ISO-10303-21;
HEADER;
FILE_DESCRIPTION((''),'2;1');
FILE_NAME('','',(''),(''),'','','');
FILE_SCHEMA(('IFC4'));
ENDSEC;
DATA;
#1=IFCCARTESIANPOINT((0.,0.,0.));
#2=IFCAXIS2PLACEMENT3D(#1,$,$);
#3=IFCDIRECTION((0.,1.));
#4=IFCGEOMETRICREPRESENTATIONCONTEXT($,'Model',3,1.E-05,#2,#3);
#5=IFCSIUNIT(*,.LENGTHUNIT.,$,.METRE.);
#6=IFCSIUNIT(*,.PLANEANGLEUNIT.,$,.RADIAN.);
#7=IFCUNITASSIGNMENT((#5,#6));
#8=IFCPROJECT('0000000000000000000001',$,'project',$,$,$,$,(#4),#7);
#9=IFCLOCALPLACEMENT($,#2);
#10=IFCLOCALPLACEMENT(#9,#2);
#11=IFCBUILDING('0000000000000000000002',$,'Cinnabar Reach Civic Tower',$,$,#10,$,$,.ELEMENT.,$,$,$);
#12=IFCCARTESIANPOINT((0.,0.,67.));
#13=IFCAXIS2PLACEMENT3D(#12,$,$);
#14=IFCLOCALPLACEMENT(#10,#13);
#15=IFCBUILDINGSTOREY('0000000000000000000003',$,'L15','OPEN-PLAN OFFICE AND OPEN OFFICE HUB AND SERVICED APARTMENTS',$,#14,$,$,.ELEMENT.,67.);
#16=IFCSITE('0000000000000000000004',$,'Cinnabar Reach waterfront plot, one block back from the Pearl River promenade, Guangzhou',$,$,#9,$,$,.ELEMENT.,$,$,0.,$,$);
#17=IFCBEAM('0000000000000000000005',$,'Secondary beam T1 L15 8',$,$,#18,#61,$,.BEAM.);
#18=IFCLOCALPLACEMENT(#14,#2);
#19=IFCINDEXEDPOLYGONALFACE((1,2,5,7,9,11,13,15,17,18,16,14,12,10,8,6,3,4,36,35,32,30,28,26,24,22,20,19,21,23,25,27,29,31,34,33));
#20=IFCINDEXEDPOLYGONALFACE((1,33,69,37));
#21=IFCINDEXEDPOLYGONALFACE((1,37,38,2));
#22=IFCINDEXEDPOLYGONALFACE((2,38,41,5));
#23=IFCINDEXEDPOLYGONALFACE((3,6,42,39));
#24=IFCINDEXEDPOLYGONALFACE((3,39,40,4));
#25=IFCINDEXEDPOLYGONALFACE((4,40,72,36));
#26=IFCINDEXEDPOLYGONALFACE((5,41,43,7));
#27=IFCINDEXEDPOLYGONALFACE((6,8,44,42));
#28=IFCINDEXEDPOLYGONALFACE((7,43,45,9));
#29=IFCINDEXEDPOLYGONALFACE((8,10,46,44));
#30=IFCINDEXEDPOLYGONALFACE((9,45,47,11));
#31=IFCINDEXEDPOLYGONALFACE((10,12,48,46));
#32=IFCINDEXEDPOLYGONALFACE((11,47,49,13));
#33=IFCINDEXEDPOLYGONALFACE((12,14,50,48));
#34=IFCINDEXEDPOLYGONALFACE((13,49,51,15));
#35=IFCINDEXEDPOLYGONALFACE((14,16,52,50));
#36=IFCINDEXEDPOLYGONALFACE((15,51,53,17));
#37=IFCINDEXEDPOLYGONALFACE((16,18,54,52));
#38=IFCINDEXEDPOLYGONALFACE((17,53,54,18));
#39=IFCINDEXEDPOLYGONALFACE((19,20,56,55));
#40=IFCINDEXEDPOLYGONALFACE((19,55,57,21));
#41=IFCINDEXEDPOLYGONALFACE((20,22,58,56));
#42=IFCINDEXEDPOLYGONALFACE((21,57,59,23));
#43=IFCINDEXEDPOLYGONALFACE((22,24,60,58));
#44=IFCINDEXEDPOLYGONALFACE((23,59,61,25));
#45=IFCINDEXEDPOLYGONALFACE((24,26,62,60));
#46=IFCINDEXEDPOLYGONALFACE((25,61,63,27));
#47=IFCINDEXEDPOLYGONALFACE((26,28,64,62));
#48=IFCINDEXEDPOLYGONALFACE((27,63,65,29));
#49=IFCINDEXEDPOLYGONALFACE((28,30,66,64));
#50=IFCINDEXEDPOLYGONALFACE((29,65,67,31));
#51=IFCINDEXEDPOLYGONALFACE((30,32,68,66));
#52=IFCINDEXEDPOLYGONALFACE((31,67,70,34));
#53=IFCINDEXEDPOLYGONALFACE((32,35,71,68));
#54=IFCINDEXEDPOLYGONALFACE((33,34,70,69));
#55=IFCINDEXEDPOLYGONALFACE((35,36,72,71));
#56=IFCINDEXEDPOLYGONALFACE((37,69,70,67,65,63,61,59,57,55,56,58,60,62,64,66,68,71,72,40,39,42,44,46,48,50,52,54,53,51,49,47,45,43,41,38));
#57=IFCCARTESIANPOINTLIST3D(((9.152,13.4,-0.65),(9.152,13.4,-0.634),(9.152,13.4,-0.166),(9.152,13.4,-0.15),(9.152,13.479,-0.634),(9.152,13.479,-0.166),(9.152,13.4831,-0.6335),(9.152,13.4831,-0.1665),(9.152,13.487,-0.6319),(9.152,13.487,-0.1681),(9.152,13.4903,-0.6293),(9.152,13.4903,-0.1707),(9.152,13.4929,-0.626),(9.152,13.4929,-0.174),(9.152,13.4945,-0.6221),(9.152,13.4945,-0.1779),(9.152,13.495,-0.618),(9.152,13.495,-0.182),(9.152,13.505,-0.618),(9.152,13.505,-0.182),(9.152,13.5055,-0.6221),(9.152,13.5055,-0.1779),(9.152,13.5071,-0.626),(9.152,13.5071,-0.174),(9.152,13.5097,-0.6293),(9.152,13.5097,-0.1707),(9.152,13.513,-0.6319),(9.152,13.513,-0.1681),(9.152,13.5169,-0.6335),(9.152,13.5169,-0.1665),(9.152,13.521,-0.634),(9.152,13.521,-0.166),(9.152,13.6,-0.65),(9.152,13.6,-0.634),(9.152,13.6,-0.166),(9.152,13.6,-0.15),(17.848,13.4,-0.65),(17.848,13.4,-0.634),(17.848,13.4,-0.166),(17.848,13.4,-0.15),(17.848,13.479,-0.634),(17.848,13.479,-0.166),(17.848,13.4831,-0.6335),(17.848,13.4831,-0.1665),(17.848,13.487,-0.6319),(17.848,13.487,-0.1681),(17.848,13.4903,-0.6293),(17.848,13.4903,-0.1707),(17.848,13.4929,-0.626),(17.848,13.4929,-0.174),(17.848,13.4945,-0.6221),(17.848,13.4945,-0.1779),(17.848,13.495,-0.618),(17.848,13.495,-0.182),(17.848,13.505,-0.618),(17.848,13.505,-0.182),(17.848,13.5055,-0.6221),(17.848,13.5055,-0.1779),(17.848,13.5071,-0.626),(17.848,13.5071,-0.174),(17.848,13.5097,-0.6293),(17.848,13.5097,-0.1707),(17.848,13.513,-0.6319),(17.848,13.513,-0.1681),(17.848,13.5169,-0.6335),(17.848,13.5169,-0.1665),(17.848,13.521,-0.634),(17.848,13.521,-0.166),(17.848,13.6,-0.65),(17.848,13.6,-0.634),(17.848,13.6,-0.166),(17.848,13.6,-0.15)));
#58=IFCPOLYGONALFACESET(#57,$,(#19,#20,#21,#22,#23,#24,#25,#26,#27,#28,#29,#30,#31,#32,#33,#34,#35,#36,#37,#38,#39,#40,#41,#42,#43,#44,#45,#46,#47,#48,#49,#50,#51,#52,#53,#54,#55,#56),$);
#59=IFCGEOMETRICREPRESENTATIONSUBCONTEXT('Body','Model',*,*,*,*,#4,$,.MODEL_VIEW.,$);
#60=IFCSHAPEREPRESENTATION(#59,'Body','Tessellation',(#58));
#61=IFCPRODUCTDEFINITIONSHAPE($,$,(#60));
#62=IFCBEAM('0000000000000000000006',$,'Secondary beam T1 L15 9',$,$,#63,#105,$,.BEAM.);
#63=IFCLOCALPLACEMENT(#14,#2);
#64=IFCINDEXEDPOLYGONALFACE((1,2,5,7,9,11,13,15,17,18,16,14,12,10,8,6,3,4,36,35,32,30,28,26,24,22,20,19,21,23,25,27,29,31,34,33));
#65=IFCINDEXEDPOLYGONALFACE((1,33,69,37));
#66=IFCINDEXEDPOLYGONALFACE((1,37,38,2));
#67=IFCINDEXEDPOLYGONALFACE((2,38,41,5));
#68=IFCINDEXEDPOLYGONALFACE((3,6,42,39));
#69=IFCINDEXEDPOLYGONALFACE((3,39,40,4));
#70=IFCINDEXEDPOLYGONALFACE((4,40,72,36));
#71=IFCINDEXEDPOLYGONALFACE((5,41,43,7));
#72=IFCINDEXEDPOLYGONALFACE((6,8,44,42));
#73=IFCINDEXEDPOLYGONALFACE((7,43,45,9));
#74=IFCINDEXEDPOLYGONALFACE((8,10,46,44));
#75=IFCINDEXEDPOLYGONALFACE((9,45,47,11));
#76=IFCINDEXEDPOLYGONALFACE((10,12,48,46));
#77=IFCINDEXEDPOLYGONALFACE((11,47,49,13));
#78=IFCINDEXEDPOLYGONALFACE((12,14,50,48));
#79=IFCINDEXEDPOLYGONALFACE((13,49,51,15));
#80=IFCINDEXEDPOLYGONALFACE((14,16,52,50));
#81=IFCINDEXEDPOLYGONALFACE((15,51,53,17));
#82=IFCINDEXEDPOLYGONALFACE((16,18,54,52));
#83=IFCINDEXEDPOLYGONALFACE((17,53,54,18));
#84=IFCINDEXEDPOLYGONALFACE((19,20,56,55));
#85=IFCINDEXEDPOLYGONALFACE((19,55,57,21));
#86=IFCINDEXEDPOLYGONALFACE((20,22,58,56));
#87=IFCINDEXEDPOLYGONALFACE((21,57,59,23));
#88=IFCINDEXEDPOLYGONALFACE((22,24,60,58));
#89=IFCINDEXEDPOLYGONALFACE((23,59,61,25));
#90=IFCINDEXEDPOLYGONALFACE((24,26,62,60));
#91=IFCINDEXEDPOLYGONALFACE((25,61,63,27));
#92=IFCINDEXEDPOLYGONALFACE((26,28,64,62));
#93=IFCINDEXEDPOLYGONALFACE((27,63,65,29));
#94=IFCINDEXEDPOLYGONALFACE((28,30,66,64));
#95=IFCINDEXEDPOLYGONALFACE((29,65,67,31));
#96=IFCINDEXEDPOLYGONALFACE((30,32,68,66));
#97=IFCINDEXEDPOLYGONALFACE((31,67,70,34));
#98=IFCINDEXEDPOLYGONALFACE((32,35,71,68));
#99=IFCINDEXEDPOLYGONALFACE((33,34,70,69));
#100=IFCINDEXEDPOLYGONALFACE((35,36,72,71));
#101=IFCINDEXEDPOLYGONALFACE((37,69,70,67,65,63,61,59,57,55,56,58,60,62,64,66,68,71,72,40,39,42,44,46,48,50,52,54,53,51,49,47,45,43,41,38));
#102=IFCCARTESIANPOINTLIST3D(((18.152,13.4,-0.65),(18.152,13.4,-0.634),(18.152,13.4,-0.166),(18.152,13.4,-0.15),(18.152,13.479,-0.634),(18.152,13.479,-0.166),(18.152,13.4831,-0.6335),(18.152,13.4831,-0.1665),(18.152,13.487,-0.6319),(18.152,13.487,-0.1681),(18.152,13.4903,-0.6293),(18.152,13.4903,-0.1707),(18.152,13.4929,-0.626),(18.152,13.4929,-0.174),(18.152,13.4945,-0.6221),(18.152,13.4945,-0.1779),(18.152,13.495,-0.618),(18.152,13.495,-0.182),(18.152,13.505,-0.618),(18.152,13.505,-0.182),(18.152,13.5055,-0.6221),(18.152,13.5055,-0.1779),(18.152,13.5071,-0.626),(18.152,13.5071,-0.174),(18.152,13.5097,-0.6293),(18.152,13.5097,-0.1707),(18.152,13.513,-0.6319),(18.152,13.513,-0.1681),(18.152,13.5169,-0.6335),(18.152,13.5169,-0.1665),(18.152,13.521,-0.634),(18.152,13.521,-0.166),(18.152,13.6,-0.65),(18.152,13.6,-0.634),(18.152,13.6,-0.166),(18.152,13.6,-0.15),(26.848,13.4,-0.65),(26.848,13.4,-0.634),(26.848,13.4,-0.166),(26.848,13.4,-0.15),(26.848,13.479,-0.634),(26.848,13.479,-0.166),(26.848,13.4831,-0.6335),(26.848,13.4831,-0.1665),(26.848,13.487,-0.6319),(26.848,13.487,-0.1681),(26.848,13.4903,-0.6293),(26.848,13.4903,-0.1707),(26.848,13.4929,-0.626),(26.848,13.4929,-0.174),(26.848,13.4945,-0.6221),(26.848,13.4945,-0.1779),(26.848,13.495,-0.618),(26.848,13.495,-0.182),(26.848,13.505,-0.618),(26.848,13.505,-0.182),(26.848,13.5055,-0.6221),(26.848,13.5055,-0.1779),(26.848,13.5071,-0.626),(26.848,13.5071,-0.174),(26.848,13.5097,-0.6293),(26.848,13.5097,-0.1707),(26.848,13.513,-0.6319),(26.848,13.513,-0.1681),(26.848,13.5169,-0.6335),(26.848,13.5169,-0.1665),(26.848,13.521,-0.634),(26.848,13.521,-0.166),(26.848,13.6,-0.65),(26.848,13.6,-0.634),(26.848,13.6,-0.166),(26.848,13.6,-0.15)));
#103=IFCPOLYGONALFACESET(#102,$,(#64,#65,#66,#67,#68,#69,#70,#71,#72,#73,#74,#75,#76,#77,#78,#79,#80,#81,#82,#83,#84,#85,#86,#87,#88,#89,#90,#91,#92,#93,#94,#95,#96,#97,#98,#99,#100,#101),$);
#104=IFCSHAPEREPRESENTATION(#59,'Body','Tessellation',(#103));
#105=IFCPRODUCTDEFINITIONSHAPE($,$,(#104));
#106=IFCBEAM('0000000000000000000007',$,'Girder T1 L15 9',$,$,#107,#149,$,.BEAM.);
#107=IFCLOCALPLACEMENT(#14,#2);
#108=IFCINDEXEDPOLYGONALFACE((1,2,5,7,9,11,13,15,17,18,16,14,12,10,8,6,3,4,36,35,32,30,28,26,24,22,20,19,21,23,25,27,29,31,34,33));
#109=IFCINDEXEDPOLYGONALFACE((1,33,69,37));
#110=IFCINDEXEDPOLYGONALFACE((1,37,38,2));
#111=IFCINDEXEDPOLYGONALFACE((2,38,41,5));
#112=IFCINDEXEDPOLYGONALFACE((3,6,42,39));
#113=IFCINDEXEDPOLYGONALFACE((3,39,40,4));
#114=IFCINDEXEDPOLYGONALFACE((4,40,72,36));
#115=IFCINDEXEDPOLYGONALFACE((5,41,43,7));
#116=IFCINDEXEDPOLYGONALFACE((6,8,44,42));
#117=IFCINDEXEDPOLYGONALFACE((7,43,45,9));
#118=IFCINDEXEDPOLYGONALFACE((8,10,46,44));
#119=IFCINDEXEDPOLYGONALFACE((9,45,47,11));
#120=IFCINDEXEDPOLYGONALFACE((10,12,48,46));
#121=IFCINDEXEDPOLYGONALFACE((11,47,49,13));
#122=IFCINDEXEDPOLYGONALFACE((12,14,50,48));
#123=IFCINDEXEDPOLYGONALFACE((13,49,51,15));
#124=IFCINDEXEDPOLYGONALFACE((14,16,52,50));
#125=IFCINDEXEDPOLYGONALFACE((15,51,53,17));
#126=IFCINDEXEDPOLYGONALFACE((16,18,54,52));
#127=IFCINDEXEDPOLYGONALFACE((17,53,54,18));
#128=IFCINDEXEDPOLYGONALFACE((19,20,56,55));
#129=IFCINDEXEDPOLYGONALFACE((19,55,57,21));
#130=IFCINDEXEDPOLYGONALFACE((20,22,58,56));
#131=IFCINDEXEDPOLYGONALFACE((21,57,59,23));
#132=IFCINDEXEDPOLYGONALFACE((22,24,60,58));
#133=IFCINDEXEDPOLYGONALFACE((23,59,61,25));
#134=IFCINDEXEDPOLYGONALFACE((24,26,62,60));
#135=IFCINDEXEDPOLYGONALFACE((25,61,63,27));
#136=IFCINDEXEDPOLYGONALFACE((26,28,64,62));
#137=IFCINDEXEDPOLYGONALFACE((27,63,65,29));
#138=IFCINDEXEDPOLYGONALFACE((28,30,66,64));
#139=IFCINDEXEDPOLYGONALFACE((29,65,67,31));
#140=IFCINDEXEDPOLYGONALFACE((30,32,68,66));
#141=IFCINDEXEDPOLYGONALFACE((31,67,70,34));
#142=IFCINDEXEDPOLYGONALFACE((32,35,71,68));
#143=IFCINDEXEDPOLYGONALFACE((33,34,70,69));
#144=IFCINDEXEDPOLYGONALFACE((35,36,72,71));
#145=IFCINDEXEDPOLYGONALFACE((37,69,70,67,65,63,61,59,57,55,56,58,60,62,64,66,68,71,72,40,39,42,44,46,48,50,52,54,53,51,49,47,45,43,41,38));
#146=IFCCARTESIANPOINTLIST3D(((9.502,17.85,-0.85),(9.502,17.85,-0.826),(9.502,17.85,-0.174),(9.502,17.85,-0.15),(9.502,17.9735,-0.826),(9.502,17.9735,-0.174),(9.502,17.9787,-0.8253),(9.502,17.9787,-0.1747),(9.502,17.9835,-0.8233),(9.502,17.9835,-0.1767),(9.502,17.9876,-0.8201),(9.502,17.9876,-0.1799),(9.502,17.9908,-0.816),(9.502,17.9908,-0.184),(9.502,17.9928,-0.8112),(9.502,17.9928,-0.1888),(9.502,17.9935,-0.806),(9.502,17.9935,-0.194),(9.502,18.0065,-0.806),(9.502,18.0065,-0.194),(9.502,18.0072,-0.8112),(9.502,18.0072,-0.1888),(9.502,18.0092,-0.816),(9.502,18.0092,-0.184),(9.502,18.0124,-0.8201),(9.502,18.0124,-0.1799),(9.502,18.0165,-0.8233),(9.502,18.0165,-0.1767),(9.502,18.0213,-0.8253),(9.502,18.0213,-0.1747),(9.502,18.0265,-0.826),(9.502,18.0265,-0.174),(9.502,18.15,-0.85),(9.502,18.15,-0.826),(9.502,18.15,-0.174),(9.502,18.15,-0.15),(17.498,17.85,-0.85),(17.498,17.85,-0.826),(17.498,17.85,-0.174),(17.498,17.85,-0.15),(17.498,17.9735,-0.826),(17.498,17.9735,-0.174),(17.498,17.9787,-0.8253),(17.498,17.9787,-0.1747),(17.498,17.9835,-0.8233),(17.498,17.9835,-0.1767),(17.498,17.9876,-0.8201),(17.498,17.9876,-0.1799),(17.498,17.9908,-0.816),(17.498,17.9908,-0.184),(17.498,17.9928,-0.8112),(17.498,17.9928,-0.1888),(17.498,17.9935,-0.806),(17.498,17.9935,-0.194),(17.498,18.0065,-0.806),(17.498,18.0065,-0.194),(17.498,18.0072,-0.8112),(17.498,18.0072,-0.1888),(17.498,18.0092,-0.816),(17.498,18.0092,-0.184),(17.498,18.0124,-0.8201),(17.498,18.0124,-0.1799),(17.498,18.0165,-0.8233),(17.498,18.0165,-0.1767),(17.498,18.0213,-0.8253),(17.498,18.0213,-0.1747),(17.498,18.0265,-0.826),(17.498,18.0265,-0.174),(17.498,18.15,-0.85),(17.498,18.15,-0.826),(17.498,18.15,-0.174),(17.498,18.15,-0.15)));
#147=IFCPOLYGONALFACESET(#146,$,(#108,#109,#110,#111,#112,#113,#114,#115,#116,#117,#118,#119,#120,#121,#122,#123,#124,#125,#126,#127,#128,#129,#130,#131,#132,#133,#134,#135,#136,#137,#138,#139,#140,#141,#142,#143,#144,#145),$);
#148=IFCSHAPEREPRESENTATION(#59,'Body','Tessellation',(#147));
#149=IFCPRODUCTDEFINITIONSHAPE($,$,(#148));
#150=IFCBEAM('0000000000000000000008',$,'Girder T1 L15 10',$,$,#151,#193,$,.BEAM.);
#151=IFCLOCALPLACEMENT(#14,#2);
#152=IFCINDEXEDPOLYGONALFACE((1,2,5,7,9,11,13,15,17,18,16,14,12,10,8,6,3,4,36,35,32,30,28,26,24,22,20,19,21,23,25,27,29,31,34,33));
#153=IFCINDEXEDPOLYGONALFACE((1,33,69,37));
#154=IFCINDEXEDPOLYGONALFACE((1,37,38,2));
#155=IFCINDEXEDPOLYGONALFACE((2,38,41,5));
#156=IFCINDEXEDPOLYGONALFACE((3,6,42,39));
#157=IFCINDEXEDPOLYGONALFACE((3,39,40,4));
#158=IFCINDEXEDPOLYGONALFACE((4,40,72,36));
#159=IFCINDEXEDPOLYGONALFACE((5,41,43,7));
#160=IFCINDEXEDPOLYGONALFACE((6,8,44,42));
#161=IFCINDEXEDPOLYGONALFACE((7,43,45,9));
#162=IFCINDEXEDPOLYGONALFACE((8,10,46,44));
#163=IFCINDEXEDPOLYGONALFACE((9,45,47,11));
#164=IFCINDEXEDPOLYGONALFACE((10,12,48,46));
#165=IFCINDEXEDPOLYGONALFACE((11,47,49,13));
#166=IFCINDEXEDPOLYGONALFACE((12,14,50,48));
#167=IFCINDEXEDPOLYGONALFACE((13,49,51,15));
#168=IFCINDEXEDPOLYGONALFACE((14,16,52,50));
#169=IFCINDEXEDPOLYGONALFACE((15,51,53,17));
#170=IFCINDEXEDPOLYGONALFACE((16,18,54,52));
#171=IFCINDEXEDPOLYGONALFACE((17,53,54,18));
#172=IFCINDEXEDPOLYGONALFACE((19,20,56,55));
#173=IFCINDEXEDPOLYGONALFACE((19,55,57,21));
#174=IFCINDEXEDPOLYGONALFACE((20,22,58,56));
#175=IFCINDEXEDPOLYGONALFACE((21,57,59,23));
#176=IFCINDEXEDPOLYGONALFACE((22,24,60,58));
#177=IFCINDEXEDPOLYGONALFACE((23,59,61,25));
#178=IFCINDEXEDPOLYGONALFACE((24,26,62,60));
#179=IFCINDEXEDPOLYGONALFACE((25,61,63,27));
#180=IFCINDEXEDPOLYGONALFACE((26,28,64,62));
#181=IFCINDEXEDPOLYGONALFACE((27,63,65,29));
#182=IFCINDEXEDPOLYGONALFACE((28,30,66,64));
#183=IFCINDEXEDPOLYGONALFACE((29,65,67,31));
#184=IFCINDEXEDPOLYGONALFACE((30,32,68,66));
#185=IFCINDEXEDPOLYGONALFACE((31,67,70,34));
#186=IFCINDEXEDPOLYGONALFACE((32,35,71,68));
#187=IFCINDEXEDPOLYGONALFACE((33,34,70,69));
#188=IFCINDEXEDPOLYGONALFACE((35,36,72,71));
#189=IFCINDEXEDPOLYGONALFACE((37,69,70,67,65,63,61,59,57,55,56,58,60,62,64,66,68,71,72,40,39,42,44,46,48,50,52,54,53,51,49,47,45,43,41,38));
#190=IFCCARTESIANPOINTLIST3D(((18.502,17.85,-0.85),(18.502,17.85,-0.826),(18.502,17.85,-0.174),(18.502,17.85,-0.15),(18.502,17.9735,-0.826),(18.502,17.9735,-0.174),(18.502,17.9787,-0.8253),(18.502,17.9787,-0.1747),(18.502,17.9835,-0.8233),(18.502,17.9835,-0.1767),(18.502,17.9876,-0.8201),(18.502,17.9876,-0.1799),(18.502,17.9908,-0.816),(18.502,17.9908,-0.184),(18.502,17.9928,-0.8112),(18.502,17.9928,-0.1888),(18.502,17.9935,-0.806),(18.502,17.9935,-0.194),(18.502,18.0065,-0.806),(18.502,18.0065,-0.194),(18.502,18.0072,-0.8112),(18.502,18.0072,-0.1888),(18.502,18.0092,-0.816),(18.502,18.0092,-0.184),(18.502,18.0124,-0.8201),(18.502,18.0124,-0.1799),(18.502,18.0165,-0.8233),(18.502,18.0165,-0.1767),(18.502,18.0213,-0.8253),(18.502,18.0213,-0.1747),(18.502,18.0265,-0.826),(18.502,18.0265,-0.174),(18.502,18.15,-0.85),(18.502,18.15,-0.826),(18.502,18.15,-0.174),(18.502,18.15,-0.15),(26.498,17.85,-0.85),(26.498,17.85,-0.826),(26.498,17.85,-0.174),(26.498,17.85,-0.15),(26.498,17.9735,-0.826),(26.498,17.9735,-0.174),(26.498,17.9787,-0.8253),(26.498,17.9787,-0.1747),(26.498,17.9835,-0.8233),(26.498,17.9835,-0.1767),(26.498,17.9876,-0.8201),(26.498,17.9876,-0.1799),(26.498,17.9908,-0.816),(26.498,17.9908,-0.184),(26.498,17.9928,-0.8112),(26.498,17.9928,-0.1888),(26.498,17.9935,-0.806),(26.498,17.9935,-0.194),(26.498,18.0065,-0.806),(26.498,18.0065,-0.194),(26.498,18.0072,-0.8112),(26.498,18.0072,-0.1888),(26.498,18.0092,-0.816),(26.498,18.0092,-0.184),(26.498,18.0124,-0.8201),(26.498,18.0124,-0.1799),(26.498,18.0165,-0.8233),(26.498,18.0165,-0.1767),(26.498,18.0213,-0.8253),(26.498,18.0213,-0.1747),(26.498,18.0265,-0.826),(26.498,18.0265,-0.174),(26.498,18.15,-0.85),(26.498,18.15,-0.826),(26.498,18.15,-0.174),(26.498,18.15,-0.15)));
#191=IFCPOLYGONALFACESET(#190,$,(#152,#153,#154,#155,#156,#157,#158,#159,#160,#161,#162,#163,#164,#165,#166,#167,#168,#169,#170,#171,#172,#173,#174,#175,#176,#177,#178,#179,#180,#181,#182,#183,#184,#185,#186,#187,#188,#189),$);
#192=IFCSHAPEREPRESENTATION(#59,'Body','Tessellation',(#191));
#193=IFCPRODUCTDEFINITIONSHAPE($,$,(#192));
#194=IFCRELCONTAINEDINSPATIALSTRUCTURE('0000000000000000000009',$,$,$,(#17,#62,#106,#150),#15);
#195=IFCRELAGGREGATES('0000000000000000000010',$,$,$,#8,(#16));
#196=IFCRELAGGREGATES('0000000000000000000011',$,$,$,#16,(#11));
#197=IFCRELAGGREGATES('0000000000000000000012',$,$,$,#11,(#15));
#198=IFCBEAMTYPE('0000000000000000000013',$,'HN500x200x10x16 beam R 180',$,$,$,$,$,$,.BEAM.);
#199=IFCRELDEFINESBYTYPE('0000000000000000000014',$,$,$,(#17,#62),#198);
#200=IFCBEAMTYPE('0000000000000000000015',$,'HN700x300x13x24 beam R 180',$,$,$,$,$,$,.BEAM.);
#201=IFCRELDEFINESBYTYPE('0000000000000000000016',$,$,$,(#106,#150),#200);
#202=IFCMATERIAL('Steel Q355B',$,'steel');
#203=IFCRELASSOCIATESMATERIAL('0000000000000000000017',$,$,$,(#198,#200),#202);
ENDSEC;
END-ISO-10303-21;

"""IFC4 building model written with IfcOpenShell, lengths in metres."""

from ifc_helpers import new_model, si_unit, direction, frame, origin, origin_2d, place, context, subcontext, project, spatial, i_section, extrude, material, material_profile, profile_set, type_object, element, save


model = new_model("IFC4")

# Units and contexts
model_context = context("Model", 3, precision=1e-05, world=origin(), true_north=direction((0.0, 1.0)))
body_context = subcontext(model_context, "Body", "Model", "MODEL_VIEW")
ifc_project = project(units=[si_unit("LENGTHUNIT", "METRE"), si_unit("PLANEANGLEUNIT", "RADIAN")], contexts=[model_context])

# Site, building, storey
site_placement = place(None, origin())
site = spatial("IfcSite", under=ifc_project, at=site_placement, Name="Cinnabar Reach waterfront plot, one block back from the Pearl River promenade, Guangzhou", CompositionType="ELEMENT", RefElevation=0.0)
building_placement = place(site_placement, origin())
building = spatial("IfcBuilding", under=site, at=building_placement, Name="Cinnabar Reach Civic Tower", CompositionType="ELEMENT")
storey_placement = place(building_placement, frame((0.0, 0.0, 67.0)))
storey = spatial("IfcBuildingStorey", under=building, at=storey_placement, Name="L15", Description="OPEN-PLAN OFFICE AND OPEN OFFICE HUB AND SERVICED APARTMENTS", CompositionType="ELEMENT", Elevation=67.0)

# Beams
ifc_material_1 = material(Name="Steel Q355B", Category="steel")
ifc_material_profile_1 = material_profile(ifc_material_1, i_section(OverallWidth=0.2, OverallDepth=0.5, WebThickness=0.01, FlangeThickness=0.016, FilletRadius=0.016, at=origin_2d()), Name="HN500x200x10x16")
ifc_profile_set_1 = profile_set([ifc_material_profile_1], Name="Steel Q355B")
beam_type_1 = type_object("IfcBeamType", Name="HN500x200x10x16 beam R 180", PredefinedType="BEAM", material=ifc_profile_set_1)
for number, where, z_axis, x_axis, name in (
    (1, (9.152, 13.5, -0.4), (1.0, 0.0, 0.0), (0.0, 1.0, 0.0), "Secondary beam T1 L15 8"),
    (2, (18.152, 13.5, -0.4), (1.0, 0.0, 0.0), (0.0, 1.0, 0.0), "Secondary beam T1 L15 9"),
):
    element("IfcBeam", number, at=place(storey_placement, frame(where, z_axis=z_axis, x_axis=x_axis)), inside=storey, type_object=beam_type_1, Name=name, PredefinedType="BEAM", context=body_context, shape_type="SweptSolid", body=[
        extrude(i_section(OverallWidth=0.2, OverallDepth=0.5, WebThickness=0.01, FlangeThickness=0.016, FilletRadius=0.016, at=origin_2d()), origin(), (0.0, 0.0, 1.0), 8.696),
    ])
ifc_material_profile_2 = material_profile(ifc_material_1, i_section(OverallWidth=0.3, OverallDepth=0.7, WebThickness=0.013, FlangeThickness=0.024, FilletRadius=0.02, at=origin_2d()), Name="HN700x300x13x24")
ifc_profile_set_2 = profile_set([ifc_material_profile_2], Name="Steel Q355B")
beam_type_2 = type_object("IfcBeamType", Name="HN700x300x13x24 beam R 180", PredefinedType="BEAM", material=ifc_profile_set_2)
for number, where, z_axis, x_axis, name in (
    (3, (9.502, 18.0, -0.5), (1.0, 0.0, 0.0), (0.0, 1.0, 0.0), "Girder T1 L15 9"),
    (4, (18.502, 18.0, -0.5), (1.0, 0.0, 0.0), (0.0, 1.0, 0.0), "Girder T1 L15 10"),
):
    element("IfcBeam", number, at=place(storey_placement, frame(where, z_axis=z_axis, x_axis=x_axis)), inside=storey, type_object=beam_type_2, Name=name, PredefinedType="BEAM", context=body_context, shape_type="SweptSolid", body=[
        extrude(i_section(OverallWidth=0.3, OverallDepth=0.7, WebThickness=0.013, FlangeThickness=0.024, FilletRadius=0.02, at=origin_2d()), origin(), (0.0, 0.0, 1.0), 7.996),
    ])

save(model, "model.ifc")
